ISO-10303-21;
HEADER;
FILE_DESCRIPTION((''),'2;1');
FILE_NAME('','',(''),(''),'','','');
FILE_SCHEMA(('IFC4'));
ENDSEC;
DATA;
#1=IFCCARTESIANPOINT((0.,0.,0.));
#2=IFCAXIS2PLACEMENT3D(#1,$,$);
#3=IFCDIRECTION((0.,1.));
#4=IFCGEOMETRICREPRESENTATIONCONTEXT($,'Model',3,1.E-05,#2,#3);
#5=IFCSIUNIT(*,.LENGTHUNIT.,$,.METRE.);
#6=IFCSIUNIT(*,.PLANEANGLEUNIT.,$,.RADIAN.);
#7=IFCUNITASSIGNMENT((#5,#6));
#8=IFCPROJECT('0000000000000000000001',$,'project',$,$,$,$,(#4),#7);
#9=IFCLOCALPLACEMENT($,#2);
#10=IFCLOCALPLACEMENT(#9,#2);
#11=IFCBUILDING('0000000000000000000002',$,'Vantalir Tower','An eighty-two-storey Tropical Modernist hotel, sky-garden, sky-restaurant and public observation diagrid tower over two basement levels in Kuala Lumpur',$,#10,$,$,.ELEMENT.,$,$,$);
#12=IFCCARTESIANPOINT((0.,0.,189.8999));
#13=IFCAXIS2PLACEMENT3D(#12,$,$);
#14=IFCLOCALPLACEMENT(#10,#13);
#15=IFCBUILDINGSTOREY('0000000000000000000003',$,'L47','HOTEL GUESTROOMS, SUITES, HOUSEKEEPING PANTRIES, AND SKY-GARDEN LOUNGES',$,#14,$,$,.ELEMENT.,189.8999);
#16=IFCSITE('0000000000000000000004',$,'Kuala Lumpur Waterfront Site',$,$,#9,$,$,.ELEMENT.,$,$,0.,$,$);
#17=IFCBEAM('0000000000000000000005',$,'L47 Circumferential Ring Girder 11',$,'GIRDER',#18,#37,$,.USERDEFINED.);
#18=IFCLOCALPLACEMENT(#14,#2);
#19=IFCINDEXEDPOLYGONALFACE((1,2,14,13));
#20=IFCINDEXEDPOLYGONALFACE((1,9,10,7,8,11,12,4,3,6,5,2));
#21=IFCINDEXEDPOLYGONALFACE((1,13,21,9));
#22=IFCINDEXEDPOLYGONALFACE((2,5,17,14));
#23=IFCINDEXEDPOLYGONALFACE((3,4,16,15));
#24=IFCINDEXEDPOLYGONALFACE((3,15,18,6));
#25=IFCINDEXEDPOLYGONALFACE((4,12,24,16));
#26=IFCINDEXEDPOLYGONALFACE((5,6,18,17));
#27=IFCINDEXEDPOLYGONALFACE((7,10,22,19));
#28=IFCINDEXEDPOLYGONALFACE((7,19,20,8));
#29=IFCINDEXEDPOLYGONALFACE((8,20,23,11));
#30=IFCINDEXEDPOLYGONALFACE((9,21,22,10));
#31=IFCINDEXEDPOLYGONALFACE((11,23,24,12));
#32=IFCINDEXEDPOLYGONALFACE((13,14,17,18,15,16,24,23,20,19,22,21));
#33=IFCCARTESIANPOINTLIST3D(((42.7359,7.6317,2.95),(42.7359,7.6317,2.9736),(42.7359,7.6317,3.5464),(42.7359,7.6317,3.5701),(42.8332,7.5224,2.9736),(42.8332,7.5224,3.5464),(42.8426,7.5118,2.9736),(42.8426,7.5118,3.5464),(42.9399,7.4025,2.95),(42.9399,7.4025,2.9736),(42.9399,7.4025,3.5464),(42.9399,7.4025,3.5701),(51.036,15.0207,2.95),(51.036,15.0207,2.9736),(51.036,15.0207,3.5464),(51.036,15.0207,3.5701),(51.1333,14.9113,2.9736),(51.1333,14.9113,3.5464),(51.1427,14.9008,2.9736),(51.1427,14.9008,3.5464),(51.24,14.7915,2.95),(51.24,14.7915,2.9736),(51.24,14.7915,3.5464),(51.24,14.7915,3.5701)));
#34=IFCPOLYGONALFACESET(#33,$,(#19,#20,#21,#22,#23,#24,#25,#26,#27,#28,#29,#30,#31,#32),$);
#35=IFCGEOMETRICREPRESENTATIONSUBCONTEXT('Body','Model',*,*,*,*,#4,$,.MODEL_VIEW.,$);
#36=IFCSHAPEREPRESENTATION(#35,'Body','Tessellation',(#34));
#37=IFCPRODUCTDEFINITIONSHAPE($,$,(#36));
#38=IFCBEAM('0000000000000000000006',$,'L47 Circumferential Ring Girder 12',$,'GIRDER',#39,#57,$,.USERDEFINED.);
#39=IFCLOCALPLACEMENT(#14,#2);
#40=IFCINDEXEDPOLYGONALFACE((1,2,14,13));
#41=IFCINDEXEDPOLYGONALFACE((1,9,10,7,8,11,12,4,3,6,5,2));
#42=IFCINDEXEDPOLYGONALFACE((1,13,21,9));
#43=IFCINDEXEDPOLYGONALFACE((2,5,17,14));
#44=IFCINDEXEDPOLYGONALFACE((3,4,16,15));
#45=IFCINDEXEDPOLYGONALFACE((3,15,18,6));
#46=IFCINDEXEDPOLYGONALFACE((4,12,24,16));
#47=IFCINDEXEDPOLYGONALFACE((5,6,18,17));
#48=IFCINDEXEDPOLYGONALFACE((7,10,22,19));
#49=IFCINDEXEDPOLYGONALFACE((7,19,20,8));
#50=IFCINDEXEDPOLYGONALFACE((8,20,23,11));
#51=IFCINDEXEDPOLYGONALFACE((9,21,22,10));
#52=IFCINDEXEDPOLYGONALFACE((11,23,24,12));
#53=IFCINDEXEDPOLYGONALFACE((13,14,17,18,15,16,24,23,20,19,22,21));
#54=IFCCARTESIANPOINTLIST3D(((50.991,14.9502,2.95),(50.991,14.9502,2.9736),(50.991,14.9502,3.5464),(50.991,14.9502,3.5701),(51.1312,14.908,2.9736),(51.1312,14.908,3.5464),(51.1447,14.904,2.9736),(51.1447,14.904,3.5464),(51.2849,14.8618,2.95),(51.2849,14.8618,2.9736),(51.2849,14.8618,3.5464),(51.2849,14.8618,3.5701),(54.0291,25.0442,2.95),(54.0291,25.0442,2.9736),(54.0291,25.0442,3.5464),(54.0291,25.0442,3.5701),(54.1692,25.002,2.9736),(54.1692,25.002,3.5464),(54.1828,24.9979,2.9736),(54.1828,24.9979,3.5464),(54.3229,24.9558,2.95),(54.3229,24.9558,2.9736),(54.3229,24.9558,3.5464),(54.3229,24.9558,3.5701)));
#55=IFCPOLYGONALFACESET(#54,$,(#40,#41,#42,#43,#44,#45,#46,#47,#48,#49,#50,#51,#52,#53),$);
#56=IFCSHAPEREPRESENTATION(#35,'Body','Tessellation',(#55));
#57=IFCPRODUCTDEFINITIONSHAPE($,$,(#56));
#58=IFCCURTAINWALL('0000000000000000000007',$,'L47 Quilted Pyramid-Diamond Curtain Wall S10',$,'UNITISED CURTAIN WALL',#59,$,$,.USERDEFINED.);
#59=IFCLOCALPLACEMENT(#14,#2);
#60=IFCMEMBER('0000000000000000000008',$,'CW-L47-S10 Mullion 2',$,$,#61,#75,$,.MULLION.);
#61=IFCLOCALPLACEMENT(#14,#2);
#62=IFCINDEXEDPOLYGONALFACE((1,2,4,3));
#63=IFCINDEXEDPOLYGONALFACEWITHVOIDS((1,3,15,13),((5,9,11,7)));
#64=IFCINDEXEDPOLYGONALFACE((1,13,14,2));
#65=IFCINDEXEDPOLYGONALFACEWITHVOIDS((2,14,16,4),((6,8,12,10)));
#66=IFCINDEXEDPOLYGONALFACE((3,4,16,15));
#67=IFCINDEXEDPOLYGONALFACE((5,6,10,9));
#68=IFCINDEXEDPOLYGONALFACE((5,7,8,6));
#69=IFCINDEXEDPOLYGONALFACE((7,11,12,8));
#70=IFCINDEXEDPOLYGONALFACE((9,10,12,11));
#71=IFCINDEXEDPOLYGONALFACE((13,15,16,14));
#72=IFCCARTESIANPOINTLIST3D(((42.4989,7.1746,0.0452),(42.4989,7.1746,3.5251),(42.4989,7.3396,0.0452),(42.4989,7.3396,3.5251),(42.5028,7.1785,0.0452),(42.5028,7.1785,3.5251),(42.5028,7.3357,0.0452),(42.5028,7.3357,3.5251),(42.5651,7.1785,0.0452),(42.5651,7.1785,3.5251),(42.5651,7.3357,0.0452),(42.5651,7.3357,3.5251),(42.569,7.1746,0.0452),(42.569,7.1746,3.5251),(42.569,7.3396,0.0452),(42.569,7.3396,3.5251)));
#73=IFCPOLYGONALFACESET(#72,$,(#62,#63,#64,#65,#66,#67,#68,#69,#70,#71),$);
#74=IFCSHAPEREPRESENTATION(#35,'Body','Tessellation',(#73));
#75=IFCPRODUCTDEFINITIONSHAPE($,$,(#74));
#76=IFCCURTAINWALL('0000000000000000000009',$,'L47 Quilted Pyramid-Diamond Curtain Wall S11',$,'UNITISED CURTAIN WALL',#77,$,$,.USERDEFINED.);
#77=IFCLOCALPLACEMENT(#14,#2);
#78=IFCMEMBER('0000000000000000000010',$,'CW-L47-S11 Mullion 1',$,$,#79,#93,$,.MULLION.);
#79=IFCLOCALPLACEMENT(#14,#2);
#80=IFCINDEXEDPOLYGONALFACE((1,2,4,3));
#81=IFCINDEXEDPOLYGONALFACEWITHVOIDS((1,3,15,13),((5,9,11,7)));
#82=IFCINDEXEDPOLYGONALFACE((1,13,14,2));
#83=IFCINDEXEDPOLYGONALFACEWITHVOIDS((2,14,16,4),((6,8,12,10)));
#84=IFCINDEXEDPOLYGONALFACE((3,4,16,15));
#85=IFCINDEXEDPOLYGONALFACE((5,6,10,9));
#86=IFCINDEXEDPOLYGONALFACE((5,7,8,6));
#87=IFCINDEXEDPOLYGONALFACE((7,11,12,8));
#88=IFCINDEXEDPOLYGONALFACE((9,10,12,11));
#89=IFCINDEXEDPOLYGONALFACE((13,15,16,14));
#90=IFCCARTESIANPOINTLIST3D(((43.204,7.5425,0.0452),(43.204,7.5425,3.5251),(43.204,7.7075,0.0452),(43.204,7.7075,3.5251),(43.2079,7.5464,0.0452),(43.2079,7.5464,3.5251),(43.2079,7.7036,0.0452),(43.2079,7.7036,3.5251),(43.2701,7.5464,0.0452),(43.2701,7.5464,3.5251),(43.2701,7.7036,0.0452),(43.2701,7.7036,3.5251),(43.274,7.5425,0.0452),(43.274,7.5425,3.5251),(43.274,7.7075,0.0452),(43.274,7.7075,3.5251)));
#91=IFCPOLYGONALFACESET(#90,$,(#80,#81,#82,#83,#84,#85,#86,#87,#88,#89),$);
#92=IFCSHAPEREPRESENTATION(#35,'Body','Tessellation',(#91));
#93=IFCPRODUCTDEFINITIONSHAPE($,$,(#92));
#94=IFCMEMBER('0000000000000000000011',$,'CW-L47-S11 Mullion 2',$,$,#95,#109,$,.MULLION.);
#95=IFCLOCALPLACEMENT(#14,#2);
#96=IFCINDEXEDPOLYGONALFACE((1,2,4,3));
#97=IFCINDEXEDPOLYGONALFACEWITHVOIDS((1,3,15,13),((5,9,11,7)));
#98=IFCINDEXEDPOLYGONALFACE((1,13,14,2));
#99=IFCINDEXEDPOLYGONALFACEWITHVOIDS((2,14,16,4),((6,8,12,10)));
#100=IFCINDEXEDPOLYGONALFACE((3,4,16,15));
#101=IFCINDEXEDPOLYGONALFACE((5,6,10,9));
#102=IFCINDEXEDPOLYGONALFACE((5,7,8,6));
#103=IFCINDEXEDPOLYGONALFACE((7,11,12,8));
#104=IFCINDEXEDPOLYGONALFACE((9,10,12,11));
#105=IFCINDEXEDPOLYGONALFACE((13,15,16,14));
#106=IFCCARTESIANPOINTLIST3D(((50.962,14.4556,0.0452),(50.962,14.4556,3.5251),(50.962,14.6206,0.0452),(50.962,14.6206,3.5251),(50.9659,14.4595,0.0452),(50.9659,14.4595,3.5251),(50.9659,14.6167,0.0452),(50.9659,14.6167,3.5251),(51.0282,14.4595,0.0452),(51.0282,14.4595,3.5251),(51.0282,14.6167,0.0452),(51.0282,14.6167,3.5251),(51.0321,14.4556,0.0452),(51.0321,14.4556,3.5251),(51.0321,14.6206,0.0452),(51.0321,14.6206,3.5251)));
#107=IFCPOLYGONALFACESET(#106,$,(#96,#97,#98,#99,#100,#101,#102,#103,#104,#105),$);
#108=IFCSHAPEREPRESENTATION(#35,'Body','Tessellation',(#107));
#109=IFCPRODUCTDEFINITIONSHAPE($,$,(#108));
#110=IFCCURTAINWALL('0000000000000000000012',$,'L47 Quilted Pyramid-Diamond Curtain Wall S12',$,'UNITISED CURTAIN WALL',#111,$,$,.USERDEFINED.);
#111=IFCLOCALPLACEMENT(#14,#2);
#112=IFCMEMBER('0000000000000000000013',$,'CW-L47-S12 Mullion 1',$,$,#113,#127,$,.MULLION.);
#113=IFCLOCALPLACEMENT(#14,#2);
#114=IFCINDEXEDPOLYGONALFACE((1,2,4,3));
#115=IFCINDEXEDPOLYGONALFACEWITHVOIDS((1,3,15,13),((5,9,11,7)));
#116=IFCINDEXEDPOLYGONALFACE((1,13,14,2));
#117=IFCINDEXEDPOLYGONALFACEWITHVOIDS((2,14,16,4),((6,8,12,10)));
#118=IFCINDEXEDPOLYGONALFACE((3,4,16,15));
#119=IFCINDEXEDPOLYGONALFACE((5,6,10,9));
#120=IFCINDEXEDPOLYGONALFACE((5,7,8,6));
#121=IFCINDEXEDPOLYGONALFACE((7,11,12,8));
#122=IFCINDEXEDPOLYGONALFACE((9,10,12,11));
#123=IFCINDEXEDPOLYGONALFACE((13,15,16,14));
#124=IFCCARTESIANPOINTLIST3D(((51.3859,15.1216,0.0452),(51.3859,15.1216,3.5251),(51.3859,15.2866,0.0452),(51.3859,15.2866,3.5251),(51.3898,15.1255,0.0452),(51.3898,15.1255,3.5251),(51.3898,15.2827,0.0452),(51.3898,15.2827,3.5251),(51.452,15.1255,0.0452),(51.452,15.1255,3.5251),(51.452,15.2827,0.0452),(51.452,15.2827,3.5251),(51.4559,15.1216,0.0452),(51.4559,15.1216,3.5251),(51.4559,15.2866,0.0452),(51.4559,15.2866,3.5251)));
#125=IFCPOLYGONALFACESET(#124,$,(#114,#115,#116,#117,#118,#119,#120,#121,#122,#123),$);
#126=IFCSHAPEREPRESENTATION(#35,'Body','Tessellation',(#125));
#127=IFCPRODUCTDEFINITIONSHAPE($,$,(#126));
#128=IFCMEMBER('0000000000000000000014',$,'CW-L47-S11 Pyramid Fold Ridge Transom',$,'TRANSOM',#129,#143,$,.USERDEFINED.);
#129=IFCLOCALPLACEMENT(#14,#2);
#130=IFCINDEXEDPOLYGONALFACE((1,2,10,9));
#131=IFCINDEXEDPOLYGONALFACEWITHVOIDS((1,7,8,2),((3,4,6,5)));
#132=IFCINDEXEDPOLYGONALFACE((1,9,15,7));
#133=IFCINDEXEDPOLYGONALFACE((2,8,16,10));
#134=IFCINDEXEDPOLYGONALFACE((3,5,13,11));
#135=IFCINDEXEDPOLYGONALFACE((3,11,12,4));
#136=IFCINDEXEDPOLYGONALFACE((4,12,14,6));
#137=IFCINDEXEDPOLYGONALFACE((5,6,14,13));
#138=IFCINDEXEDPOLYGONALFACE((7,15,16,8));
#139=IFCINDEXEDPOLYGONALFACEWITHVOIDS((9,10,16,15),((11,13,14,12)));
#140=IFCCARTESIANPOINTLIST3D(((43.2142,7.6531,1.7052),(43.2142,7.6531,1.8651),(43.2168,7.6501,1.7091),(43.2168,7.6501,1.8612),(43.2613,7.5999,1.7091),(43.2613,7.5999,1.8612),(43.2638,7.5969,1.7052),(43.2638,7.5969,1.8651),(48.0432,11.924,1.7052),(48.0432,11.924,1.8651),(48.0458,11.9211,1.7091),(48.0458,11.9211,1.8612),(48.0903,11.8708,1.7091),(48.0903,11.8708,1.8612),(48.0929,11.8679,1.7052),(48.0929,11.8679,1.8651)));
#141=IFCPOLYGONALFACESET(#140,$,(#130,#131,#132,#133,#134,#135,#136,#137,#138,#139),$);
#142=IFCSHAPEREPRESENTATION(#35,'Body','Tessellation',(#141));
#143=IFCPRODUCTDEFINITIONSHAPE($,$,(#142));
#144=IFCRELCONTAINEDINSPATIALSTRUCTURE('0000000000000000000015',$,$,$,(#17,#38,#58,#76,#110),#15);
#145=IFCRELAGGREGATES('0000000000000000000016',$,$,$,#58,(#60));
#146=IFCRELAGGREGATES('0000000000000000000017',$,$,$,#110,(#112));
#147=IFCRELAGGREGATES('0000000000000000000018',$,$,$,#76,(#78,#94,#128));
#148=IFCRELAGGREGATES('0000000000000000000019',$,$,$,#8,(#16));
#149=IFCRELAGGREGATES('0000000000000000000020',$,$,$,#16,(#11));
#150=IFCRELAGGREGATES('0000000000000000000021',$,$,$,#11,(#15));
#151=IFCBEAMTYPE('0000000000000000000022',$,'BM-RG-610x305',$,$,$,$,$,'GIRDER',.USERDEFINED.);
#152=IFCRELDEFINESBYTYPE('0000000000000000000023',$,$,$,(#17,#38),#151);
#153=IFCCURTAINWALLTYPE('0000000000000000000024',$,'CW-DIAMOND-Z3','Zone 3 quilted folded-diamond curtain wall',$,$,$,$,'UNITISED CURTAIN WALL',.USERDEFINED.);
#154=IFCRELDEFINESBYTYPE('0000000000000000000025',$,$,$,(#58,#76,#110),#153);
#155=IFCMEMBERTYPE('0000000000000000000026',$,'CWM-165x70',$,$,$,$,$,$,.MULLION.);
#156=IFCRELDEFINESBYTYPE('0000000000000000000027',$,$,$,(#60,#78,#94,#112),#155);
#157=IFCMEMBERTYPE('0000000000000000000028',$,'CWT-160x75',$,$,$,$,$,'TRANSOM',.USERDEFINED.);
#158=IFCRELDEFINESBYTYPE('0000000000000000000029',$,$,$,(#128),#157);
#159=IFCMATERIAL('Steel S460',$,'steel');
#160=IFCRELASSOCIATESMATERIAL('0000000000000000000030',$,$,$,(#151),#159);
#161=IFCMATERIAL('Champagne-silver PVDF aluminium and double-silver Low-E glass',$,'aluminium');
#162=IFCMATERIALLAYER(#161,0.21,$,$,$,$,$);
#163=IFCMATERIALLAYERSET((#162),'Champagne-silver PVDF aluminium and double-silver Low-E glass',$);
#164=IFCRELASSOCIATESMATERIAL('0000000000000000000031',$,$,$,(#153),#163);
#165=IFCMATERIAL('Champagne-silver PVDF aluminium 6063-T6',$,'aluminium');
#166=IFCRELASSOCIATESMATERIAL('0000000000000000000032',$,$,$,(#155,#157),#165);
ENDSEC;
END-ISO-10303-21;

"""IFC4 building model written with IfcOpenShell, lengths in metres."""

from ifc_helpers import new_model, si_unit, direction, frame, origin, origin_2d, place, context, subcontext, project, spatial, hollow_rectangle, i_section, extrude, material, layer, layer_set, material_profile, profile_set, type_object, element, aggregate, save


model = new_model("IFC4")

# Units and contexts
model_context = context("Model", 3, precision=1e-05, world=origin(), true_north=direction((0.0, 1.0)))
body_context = subcontext(model_context, "Body", "Model", "MODEL_VIEW")
ifc_project = project(units=[si_unit("LENGTHUNIT", "METRE"), si_unit("PLANEANGLEUNIT", "RADIAN")], contexts=[model_context])

# Site, building, storey
site_placement = place(None, origin())
site = spatial("IfcSite", under=ifc_project, at=site_placement, Name="Kuala Lumpur Waterfront Site", CompositionType="ELEMENT", RefElevation=0.0)
building_placement = place(site_placement, origin())
building = spatial("IfcBuilding", under=site, at=building_placement, Name="Vantalir Tower", Description="An eighty-two-storey Tropical Modernist hotel, sky-garden, sky-restaurant and public observation diagrid tower over two basement levels in Kuala Lumpur", CompositionType="ELEMENT")
storey_placement = place(building_placement, frame((0.0, 0.0, 189.8999)))
storey = spatial("IfcBuildingStorey", under=building, at=storey_placement, Name="L47", Description="HOTEL GUESTROOMS, SUITES, HOUSEKEEPING PANTRIES, AND SKY-GARDEN LOUNGES", CompositionType="ELEMENT", Elevation=189.8999)

# Shared definitions
ifc_material_1 = material(Name="Steel S460", Category="steel")

# Beams
ifc_material_profile_1 = material_profile(ifc_material_1, i_section(OverallWidth=0.3069, OverallDepth=0.6201, WebThickness=0.0142, FlangeThickness=0.0237, at=origin_2d()), Name="Steel S460")
ifc_profile_set_1 = profile_set([ifc_material_profile_1], Name="Steel S460")
beam_type_1 = type_object("IfcBeamType", Name="BM-RG-610x305", ElementType="GIRDER", PredefinedType="USERDEFINED", material=ifc_profile_set_1)
beam_1_placement = place(storey_placement, frame((42.8379, 7.5171, 3.26), z_axis=(0.746913, 0.664921, 0.0), x_axis=(-0.664921, 0.746913, 0.0)))
element("IfcBeam", 1, at=beam_1_placement, inside=storey, type_object=beam_type_1, Name="L47 Circumferential Ring Girder 11", ObjectType="GIRDER", PredefinedType="USERDEFINED", context=body_context, shape_type="SweptSolid", body=[
    extrude(i_section(OverallWidth=0.3069, OverallDepth=0.6201, WebThickness=0.0142, FlangeThickness=0.0237, at=origin_2d()), origin(), (0.0, 0.0, 1.0), 11.1125),
])
beam_2_placement = place(storey_placement, frame((51.1379, 14.906, 3.26), z_axis=(0.288208, 0.957568, 0.0), x_axis=(-0.957568, 0.288208, 0.0)))
element("IfcBeam", 2, at=beam_2_placement, inside=storey, type_object=beam_type_1, Name="L47 Circumferential Ring Girder 12", ObjectType="GIRDER", PredefinedType="USERDEFINED", context=body_context, shape_type="SweptSolid", body=[
    extrude(i_section(OverallWidth=0.3069, OverallDepth=0.6201, WebThickness=0.0142, FlangeThickness=0.0237, at=origin_2d()), origin(), (0.0, 0.0, 1.0), 10.5413),
])

# Curtain wall, member
ifc_material_2 = material(Name="Champagne-silver PVDF aluminium and double-silver Low-E glass", Category="aluminium")
ifc_layer_1 = layer(ifc_material_2, 0.21)
ifc_layer_set_1 = layer_set([ifc_layer_1], Name="Champagne-silver PVDF aluminium and double-silver Low-E glass")
curtain_wall_type = type_object("IfcCurtainWallType", Name="CW-DIAMOND-Z3", Description="Zone 3 quilted folded-diamond curtain wall", ElementType="UNITISED CURTAIN WALL", PredefinedType="USERDEFINED", material=ifc_layer_set_1)
curtain_wall_1_placement = place(storey_placement, origin())
curtain_wall_1 = element("IfcCurtainWall", 3, at=curtain_wall_1_placement, inside=storey, type_object=curtain_wall_type, Name="L47 Quilted Pyramid-Diamond Curtain Wall S10", ObjectType="UNITISED CURTAIN WALL", PredefinedType="USERDEFINED")
ifc_material_3 = material(Name="Champagne-silver PVDF aluminium 6063-T6", Category="aluminium")
ifc_material_profile_2 = material_profile(ifc_material_3, hollow_rectangle(XDim=0.0701, YDim=0.165, WallThickness=0.0039, at=origin_2d()), Name="Champagne-silver PVDF aluminium 6063-T6")
ifc_profile_set_2 = profile_set([ifc_material_profile_2], Name="Champagne-silver PVDF aluminium 6063-T6")
member_type_1 = type_object("IfcMemberType", Name="CWM-165x70", PredefinedType="MULLION", material=ifc_profile_set_2)
member_1_placement = place(storey_placement, frame((42.5339, 7.2571, 0.0452), z_axis=(0.0, 0.0, 1.0), x_axis=(1.0, 0.0, 0.0)))
member_1 = element("IfcMember", 4, at=member_1_placement, type_object=member_type_1, Name="CW-L47-S10 Mullion 2", PredefinedType="MULLION", context=body_context, shape_type="SweptSolid", body=[
    extrude(hollow_rectangle(XDim=0.0701, YDim=0.165, WallThickness=0.0039, at=origin_2d()), origin(), (0.0, 0.0, 1.0), 3.48),
])
aggregate(curtain_wall_1, [member_1])

# Curtain wall, members
curtain_wall_2_placement = place(storey_placement, origin())
curtain_wall_2 = element("IfcCurtainWall", 5, at=curtain_wall_2_placement, inside=storey, type_object=curtain_wall_type, Name="L47 Quilted Pyramid-Diamond Curtain Wall S11", ObjectType="UNITISED CURTAIN WALL", PredefinedType="USERDEFINED")
member_2_placement = place(storey_placement, frame((43.239, 7.625, 0.0452), z_axis=(0.0, 0.0, 1.0), x_axis=(1.0, 0.0, 0.0)))
member_2 = element("IfcMember", 6, at=member_2_placement, type_object=member_type_1, Name="CW-L47-S11 Mullion 1", PredefinedType="MULLION", context=body_context, shape_type="SweptSolid", body=[
    extrude(hollow_rectangle(XDim=0.0701, YDim=0.165, WallThickness=0.0039, at=origin_2d()), origin(), (0.0, 0.0, 1.0), 3.48),
])
member_3_placement = place(storey_placement, frame((50.9971, 14.5381, 0.0452), z_axis=(0.0, 0.0, 1.0), x_axis=(1.0, 0.0, 0.0)))
member_3 = element("IfcMember", 7, at=member_3_placement, type_object=member_type_1, Name="CW-L47-S11 Mullion 2", PredefinedType="MULLION", context=body_context, shape_type="SweptSolid", body=[
    extrude(hollow_rectangle(XDim=0.0701, YDim=0.165, WallThickness=0.0039, at=origin_2d()), origin(), (0.0, 0.0, 1.0), 3.48),
])

# Curtain wall, member
curtain_wall_3_placement = place(storey_placement, origin())
curtain_wall_3 = element("IfcCurtainWall", 8, at=curtain_wall_3_placement, inside=storey, type_object=curtain_wall_type, Name="L47 Quilted Pyramid-Diamond Curtain Wall S12", ObjectType="UNITISED CURTAIN WALL", PredefinedType="USERDEFINED")
member_4_placement = place(storey_placement, frame((51.4209, 15.2041, 0.0452), z_axis=(0.0, 0.0, 1.0), x_axis=(1.0, 0.0, 0.0)))
member_4 = element("IfcMember", 9, at=member_4_placement, type_object=member_type_1, Name="CW-L47-S12 Mullion 1", PredefinedType="MULLION", context=body_context, shape_type="SweptSolid", body=[
    extrude(hollow_rectangle(XDim=0.0701, YDim=0.165, WallThickness=0.0039, at=origin_2d()), origin(), (0.0, 0.0, 1.0), 3.48),
])
aggregate(curtain_wall_3, [member_4])

# Member
ifc_material_profile_3 = material_profile(ifc_material_3, hollow_rectangle(XDim=0.075, YDim=0.1599, WallThickness=0.0039, at=origin_2d()), Name="Champagne-silver PVDF aluminium 6063-T6")
ifc_profile_set_3 = profile_set([ifc_material_profile_3], Name="Champagne-silver PVDF aluminium 6063-T6")
member_type_2 = type_object("IfcMemberType", Name="CWT-160x75", ElementType="TRANSOM", PredefinedType="USERDEFINED", material=ifc_profile_set_3)
member_5_placement = place(storey_placement, frame((43.239, 7.625, 1.7852), z_axis=(0.749066, 0.662495, 0.0), x_axis=(-0.662495, 0.749066, 0.0)))
member_5 = element("IfcMember", 10, at=member_5_placement, type_object=member_type_2, Name="CW-L47-S11 Pyramid Fold Ridge Transom", ObjectType="TRANSOM", PredefinedType="USERDEFINED", context=body_context, shape_type="SweptSolid", body=[
    extrude(hollow_rectangle(XDim=0.075, YDim=0.1599, WallThickness=0.0039, at=origin_2d()), origin(), (0.0, 0.0, 1.0), 6.4468),
])

aggregate(curtain_wall_2, [member_2, member_3, member_5])

save(model, "model.ifc")
